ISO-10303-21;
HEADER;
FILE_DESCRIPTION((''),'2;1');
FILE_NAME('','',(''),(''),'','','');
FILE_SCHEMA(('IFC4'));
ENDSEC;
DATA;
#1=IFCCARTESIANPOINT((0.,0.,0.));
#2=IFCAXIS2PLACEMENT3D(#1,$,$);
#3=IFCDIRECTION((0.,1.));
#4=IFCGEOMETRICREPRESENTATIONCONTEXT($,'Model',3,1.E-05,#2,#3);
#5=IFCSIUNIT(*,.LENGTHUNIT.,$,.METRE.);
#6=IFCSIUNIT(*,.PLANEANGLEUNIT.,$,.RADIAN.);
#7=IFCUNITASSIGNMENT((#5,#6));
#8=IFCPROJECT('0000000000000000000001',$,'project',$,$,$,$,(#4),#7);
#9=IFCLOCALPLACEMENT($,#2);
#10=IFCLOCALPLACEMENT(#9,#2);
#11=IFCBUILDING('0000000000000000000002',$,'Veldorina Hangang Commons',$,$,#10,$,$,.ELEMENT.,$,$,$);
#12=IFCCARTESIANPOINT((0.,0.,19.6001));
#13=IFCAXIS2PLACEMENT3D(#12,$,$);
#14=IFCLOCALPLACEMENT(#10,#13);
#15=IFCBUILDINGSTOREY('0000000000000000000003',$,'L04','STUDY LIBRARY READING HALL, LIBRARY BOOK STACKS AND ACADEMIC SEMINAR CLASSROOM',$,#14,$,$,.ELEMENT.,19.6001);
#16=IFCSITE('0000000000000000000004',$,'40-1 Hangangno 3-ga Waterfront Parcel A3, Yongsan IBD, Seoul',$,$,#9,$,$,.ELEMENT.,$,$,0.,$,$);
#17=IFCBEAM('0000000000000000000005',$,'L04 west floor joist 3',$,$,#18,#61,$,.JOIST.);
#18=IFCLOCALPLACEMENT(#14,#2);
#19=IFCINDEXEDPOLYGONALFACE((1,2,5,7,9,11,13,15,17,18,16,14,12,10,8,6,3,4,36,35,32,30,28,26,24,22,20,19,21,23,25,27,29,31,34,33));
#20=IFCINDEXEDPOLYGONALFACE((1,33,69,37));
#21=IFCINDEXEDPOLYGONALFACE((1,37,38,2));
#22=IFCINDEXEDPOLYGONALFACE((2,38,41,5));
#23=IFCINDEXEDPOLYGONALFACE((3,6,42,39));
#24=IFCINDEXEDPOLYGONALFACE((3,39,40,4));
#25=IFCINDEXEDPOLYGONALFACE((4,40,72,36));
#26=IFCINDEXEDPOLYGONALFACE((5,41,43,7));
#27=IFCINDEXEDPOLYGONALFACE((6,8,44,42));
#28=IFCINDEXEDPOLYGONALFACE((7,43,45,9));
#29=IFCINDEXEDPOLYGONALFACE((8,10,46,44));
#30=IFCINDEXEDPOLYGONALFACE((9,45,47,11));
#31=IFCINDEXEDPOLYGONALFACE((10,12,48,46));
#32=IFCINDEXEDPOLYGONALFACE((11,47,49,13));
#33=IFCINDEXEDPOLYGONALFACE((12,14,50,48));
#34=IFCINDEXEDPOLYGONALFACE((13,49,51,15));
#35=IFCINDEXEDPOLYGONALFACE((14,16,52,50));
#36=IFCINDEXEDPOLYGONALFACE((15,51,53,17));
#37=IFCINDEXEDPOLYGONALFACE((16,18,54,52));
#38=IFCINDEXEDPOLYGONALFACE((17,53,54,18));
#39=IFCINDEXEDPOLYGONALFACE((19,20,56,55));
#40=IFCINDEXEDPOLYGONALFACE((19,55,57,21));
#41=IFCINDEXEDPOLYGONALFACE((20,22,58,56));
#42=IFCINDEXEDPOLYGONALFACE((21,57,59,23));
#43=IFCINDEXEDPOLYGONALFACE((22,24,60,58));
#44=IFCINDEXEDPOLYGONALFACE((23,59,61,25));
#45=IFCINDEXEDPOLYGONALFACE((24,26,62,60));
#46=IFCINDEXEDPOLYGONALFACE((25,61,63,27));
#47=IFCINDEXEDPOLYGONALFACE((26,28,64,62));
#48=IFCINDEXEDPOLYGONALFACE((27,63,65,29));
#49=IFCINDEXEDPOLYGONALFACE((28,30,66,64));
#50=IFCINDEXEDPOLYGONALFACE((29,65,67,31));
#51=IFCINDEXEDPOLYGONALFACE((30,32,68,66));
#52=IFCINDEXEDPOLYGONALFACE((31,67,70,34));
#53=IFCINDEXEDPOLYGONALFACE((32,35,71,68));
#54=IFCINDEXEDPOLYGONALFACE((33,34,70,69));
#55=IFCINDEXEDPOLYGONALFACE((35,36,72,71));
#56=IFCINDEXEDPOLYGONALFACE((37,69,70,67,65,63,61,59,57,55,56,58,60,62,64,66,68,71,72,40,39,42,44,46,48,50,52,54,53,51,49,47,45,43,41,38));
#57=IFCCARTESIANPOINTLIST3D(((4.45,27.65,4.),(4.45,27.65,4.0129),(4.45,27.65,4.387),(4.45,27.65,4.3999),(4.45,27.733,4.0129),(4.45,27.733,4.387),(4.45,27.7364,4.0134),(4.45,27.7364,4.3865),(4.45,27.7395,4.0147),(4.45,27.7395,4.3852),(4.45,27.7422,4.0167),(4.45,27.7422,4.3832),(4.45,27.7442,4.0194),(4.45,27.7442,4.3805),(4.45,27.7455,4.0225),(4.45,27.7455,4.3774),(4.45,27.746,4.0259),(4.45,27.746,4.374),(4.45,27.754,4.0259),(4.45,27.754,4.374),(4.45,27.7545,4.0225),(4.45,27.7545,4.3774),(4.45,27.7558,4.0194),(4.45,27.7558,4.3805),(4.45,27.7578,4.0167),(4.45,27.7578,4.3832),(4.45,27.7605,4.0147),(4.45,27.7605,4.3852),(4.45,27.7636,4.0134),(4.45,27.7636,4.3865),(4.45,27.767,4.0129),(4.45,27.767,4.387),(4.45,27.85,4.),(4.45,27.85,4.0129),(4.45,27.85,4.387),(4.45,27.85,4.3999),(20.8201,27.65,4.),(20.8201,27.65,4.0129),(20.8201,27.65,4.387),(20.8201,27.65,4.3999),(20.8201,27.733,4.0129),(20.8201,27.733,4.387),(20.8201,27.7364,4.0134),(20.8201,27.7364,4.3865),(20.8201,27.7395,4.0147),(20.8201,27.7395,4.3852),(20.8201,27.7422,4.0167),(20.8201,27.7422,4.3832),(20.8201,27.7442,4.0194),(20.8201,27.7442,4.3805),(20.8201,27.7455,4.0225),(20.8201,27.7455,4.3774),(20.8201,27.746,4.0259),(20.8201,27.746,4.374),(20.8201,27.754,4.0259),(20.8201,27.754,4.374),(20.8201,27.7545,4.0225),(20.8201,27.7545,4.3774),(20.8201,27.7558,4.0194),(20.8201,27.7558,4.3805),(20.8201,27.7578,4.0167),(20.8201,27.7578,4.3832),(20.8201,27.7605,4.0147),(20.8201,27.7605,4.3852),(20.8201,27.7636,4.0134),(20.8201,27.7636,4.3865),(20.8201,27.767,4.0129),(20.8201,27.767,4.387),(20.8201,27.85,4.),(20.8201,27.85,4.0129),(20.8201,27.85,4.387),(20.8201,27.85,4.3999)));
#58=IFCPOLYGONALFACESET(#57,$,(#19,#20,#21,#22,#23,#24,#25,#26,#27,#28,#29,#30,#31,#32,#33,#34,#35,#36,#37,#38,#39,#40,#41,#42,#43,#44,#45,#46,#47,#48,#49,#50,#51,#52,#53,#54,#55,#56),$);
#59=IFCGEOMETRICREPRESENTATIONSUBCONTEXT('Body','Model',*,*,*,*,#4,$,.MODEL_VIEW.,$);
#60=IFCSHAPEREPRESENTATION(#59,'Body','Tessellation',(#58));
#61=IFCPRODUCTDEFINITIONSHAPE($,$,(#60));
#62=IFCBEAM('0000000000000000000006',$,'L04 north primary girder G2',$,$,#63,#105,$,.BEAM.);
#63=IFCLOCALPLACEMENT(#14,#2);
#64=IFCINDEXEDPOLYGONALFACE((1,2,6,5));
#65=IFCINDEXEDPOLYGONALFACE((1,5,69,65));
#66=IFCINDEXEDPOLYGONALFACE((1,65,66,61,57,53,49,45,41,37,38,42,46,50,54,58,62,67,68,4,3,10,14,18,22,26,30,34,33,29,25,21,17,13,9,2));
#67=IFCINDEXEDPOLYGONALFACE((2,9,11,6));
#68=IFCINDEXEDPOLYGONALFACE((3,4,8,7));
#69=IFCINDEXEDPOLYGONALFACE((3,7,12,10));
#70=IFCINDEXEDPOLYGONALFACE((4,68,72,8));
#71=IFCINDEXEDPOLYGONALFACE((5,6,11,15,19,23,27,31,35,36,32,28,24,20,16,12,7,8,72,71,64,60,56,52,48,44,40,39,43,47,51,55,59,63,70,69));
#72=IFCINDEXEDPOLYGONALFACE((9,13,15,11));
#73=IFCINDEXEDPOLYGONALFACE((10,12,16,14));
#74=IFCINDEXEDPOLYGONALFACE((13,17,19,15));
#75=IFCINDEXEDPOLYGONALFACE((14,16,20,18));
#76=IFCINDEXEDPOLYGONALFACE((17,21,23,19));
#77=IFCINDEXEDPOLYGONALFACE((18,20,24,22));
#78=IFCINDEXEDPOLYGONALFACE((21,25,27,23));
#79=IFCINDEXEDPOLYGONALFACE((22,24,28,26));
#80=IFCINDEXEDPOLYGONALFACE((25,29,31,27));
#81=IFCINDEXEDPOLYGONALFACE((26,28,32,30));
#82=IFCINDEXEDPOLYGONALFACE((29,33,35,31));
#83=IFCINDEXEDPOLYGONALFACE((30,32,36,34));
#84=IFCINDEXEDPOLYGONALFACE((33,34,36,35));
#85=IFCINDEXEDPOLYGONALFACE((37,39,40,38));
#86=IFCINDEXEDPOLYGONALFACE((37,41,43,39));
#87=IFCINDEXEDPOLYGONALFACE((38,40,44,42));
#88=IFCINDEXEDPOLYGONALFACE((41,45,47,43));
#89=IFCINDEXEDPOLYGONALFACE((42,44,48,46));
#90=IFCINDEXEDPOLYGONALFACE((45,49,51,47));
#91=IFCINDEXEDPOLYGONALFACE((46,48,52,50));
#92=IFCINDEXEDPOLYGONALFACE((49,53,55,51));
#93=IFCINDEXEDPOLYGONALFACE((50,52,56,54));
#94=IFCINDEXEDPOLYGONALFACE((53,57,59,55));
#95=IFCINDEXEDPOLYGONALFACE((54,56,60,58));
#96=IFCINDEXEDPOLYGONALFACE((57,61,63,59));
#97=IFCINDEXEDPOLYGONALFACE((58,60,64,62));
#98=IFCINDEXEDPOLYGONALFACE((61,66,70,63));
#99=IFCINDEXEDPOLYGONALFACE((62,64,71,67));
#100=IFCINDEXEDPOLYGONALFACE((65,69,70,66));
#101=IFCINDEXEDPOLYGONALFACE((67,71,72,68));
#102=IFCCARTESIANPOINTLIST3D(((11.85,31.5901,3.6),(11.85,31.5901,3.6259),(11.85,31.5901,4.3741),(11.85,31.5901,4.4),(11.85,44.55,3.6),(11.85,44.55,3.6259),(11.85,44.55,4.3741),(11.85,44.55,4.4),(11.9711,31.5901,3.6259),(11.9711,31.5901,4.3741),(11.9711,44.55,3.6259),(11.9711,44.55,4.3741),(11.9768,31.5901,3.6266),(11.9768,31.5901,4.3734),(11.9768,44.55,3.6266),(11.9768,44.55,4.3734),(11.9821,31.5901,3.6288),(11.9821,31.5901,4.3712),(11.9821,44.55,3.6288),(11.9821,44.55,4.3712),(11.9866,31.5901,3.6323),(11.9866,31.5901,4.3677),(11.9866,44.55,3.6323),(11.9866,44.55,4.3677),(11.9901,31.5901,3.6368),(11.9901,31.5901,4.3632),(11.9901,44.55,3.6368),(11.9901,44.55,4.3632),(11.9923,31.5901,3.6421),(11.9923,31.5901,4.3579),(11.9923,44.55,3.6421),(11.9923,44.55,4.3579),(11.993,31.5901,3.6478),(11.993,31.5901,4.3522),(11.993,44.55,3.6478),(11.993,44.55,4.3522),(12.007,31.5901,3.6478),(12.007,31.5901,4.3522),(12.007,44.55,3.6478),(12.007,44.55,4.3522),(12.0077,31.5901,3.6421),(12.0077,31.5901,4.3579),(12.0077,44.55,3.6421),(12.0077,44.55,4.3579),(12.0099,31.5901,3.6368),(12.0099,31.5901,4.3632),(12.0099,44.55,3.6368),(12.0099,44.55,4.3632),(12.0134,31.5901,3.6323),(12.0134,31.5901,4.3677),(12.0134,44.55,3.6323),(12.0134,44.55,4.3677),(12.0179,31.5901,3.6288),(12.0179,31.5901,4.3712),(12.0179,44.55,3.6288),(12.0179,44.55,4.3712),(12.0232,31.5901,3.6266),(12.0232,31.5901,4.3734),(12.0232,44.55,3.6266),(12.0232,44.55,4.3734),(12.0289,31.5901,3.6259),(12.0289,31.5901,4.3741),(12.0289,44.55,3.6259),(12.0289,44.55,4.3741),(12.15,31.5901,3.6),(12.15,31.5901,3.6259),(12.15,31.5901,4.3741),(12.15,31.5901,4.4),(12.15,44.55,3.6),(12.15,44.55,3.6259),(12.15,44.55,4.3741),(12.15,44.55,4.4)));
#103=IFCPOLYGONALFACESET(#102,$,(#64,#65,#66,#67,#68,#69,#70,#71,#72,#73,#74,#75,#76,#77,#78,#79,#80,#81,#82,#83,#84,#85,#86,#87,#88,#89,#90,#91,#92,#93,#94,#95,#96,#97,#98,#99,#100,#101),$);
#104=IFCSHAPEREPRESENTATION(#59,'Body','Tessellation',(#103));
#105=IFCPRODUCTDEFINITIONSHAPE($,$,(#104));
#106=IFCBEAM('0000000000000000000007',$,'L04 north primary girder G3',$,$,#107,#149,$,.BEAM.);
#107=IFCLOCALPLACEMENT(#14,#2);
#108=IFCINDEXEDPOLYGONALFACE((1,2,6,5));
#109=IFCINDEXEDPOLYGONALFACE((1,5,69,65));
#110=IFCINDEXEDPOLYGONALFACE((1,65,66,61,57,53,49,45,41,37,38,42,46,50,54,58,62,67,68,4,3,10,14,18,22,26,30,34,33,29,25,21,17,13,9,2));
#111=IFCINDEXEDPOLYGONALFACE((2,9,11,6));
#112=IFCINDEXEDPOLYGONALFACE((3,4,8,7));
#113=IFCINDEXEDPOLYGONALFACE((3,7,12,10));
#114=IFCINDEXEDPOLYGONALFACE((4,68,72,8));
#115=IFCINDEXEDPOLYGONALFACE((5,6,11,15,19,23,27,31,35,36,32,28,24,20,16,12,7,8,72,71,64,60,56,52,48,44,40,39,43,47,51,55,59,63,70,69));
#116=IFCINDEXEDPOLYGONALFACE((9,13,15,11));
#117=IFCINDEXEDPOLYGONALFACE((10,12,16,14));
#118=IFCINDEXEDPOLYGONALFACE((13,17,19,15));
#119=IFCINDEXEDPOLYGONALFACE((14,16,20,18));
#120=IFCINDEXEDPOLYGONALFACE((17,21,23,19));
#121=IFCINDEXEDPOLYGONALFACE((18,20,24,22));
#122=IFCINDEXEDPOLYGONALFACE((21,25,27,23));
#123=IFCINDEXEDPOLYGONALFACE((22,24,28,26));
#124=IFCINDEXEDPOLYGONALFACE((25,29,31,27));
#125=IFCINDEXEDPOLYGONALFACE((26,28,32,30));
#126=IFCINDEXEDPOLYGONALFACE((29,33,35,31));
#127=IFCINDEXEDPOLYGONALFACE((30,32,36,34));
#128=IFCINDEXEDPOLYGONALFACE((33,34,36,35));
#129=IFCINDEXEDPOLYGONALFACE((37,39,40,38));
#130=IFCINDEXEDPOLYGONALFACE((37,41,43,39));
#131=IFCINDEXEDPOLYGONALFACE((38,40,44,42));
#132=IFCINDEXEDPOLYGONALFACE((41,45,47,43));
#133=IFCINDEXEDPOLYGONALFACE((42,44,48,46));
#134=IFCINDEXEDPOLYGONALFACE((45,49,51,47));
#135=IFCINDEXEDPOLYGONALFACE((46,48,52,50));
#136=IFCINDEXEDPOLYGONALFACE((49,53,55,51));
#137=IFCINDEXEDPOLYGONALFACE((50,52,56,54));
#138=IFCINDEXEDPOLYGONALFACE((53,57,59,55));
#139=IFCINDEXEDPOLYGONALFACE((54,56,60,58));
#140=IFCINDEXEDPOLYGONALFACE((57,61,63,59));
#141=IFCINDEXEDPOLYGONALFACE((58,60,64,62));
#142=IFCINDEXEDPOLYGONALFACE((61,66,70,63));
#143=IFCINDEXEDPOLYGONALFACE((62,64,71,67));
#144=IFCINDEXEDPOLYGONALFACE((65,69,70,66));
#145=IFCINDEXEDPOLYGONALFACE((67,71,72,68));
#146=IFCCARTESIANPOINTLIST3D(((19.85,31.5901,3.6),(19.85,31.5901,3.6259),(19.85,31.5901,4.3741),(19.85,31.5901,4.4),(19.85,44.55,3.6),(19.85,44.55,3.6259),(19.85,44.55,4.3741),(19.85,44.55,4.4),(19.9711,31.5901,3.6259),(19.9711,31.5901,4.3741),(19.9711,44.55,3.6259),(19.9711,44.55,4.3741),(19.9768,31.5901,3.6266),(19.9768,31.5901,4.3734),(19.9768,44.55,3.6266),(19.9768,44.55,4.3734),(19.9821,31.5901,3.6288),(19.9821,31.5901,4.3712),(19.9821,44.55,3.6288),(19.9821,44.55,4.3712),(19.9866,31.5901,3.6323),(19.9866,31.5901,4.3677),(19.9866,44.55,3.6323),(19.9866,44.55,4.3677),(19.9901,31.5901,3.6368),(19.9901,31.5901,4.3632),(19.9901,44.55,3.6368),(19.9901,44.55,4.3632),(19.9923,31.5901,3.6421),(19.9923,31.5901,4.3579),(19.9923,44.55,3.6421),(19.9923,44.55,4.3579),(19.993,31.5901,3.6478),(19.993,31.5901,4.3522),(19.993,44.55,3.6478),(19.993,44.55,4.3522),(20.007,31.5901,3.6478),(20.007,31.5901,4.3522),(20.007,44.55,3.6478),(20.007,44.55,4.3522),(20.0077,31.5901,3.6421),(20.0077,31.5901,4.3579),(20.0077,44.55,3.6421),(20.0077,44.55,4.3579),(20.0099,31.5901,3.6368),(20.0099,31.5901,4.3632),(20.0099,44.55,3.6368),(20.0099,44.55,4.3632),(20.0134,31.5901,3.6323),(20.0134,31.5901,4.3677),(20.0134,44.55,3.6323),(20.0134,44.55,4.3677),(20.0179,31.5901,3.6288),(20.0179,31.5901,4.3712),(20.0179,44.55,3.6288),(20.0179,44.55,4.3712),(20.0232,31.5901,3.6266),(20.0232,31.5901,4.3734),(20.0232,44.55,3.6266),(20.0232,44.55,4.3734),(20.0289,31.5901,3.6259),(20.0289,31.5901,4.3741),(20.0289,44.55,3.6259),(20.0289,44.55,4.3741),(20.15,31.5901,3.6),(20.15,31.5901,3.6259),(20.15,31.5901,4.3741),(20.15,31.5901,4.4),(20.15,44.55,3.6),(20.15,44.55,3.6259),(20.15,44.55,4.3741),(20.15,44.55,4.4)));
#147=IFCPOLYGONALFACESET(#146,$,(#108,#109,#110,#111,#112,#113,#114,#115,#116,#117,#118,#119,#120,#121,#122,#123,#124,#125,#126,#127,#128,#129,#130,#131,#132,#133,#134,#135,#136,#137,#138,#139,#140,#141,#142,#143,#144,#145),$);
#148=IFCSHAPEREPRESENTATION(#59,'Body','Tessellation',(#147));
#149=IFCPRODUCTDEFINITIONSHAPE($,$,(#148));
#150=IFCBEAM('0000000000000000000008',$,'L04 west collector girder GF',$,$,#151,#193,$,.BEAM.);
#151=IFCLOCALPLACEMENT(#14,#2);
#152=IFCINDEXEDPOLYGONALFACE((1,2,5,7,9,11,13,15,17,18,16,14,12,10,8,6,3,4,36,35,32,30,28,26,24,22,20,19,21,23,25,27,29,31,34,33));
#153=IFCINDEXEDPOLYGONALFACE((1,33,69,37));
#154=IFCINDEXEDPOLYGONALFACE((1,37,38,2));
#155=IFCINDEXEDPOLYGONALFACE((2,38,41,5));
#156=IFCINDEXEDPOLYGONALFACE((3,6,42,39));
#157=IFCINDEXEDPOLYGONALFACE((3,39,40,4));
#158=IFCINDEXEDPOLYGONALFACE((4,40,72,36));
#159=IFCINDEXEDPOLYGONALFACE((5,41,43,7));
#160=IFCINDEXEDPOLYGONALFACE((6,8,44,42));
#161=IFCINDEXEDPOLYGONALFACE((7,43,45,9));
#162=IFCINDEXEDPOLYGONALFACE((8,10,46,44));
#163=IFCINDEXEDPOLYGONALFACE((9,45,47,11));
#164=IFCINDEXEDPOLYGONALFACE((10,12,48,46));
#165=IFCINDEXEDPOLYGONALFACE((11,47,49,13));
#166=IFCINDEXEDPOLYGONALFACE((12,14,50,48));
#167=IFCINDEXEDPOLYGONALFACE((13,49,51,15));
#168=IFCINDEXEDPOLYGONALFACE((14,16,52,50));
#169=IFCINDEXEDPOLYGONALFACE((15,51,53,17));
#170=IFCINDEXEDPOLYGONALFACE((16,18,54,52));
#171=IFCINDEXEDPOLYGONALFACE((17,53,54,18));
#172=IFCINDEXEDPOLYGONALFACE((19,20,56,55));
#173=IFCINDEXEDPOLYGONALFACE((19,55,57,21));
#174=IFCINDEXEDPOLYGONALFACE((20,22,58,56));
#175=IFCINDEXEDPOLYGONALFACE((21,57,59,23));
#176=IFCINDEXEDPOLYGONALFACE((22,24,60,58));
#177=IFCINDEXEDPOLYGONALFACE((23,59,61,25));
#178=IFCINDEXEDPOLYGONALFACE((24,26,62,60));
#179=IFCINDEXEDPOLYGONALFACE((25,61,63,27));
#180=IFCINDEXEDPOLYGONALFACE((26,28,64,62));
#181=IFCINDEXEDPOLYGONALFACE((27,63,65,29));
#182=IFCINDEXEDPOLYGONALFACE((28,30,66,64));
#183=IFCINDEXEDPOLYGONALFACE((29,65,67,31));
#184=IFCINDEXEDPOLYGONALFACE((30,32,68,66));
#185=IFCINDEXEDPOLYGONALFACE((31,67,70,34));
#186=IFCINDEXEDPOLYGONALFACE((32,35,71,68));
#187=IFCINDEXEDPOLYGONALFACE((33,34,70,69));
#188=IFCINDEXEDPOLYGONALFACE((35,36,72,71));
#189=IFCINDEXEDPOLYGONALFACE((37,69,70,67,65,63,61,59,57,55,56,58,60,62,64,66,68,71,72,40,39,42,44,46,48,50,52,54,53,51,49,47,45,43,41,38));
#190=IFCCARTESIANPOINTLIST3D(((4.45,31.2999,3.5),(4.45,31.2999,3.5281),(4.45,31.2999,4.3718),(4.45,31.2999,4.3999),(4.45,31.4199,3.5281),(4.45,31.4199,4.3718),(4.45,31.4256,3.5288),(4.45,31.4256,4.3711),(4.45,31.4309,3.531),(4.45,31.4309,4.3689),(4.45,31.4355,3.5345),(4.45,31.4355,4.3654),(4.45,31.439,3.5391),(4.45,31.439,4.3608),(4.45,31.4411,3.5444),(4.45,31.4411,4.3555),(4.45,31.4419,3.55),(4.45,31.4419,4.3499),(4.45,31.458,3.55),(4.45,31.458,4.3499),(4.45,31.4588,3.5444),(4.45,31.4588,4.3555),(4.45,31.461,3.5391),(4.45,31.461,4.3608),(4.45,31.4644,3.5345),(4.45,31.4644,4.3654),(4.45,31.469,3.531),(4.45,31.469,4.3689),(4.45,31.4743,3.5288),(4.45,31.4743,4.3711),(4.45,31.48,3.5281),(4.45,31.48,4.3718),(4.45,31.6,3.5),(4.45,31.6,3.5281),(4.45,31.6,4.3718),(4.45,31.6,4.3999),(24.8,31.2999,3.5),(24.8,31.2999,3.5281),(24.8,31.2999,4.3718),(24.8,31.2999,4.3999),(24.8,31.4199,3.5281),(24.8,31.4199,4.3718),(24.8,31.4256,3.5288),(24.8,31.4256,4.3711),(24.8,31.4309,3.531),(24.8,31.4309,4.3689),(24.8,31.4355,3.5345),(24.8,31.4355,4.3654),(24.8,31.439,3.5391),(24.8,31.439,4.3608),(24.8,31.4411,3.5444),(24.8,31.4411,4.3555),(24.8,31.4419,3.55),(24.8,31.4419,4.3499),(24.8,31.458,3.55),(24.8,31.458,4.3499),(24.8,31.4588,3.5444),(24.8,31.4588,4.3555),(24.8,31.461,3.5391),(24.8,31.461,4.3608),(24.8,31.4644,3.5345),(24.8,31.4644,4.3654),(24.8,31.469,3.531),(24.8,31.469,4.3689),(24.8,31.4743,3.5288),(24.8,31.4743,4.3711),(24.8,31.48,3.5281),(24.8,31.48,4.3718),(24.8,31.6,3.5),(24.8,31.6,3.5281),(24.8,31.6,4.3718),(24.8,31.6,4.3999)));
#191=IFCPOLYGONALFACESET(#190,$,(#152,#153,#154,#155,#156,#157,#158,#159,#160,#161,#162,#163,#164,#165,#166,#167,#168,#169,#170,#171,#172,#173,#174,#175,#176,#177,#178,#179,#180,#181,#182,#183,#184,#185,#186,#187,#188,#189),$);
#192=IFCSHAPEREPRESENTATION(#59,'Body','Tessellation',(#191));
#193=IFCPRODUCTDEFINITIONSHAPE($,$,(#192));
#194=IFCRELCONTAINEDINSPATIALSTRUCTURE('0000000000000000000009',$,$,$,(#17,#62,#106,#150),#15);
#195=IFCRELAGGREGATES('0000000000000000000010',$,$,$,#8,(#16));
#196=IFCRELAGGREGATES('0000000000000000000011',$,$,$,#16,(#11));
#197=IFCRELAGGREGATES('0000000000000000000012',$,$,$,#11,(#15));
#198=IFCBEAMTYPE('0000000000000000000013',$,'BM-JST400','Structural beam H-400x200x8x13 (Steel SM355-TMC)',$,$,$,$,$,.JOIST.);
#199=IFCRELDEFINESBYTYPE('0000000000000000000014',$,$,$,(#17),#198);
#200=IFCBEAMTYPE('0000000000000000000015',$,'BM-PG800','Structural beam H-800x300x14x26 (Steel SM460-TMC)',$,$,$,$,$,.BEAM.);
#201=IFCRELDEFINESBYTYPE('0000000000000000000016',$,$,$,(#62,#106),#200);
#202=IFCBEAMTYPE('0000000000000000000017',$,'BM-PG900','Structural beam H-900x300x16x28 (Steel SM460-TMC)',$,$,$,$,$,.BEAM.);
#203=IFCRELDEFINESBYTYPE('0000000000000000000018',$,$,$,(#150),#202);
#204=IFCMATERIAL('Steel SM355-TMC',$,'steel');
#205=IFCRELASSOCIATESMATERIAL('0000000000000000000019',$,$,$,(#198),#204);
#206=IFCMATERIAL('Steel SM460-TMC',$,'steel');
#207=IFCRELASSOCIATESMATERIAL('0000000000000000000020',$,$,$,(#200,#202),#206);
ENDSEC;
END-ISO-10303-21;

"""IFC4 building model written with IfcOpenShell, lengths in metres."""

from ifc_helpers import new_model, si_unit, direction, frame, origin, origin_2d, place, context, subcontext, project, spatial, i_section, extrude, material, material_profile, profile_set, type_object, element, save


model = new_model("IFC4")

# Units and contexts
model_context = context("Model", 3, precision=1e-05, world=origin(), true_north=direction((0.0, 1.0)))
body_context = subcontext(model_context, "Body", "Model", "MODEL_VIEW")
ifc_project = project(units=[si_unit("LENGTHUNIT", "METRE"), si_unit("PLANEANGLEUNIT", "RADIAN")], contexts=[model_context])

# Site, building, storey
site_placement = place(None, origin())
site = spatial("IfcSite", under=ifc_project, at=site_placement, Name="40-1 Hangangno 3-ga Waterfront Parcel A3, Yongsan IBD, Seoul", CompositionType="ELEMENT", RefElevation=0.0)
building_placement = place(site_placement, origin())
building = spatial("IfcBuilding", under=site, at=building_placement, Name="Veldorina Hangang Commons", CompositionType="ELEMENT")
storey_placement = place(building_placement, frame((0.0, 0.0, 19.6001)))
storey = spatial("IfcBuildingStorey", under=building, at=storey_placement, Name="L04", Description="STUDY LIBRARY READING HALL, LIBRARY BOOK STACKS AND ACADEMIC SEMINAR CLASSROOM", CompositionType="ELEMENT", Elevation=19.6001)

# Beams
ifc_material_1 = material(Name="Steel SM355-TMC", Category="steel")
ifc_material_profile_1 = material_profile(ifc_material_1, i_section(OverallWidth=0.2, OverallDepth=0.3999, WebThickness=0.0081, FlangeThickness=0.0129, FilletRadius=0.0129, at=origin_2d()), Name="H-400x200x8x13")
ifc_profile_set_1 = profile_set([ifc_material_profile_1], Name="Steel SM355-TMC")
beam_type_1 = type_object("IfcBeamType", Name="BM-JST400", Description="Structural beam H-400x200x8x13 (Steel SM355-TMC)", PredefinedType="JOIST", material=ifc_profile_set_1)
for number, where, z_axis, x_axis, name in (
    (1, (4.45, 27.75, 4.2), (1.0, 0.0, 0.0), (0.0, 1.0, 0.0), "L04 west floor joist 3"),
):
    element("IfcBeam", number, at=place(storey_placement, frame(where, z_axis=z_axis, x_axis=x_axis)), inside=storey, type_object=beam_type_1, Name=name, PredefinedType="JOIST", context=body_context, shape_type="SweptSolid", body=[
        extrude(i_section(OverallWidth=0.2, OverallDepth=0.3999, WebThickness=0.0081, FlangeThickness=0.0129, FilletRadius=0.0129, at=origin_2d()), origin(), (0.0, 0.0, 1.0), 16.3701),
    ])
ifc_material_2 = material(Name="Steel SM460-TMC", Category="steel")
ifc_material_profile_2 = material_profile(ifc_material_2, i_section(OverallWidth=0.3, OverallDepth=0.8, WebThickness=0.0139, FlangeThickness=0.0259, FilletRadius=0.022, at=origin_2d()), Name="H-800x300x14x26")
ifc_profile_set_2 = profile_set([ifc_material_profile_2], Name="Steel SM460-TMC")
beam_type_2 = type_object("IfcBeamType", Name="BM-PG800", Description="Structural beam H-800x300x14x26 (Steel SM460-TMC)", PredefinedType="BEAM", material=ifc_profile_set_2)
for number, where, z_axis, x_axis, name in (
    (2, (12.0, 31.5901, 4.0), (0.0, 1.0, 0.0), (-1.0, 0.0, 0.0), "L04 north primary girder G2"),
    (3, (20.0, 31.5901, 4.0), (0.0, 1.0, 0.0), (-1.0, 0.0, 0.0), "L04 north primary girder G3"),
):
    element("IfcBeam", number, at=place(storey_placement, frame(where, z_axis=z_axis, x_axis=x_axis)), inside=storey, type_object=beam_type_2, Name=name, PredefinedType="BEAM", context=body_context, shape_type="SweptSolid", body=[
        extrude(i_section(OverallWidth=0.3, OverallDepth=0.8, WebThickness=0.0139, FlangeThickness=0.0259, FilletRadius=0.022, at=origin_2d()), origin(), (0.0, 0.0, 1.0), 12.96),
    ])
ifc_material_profile_3 = material_profile(ifc_material_2, i_section(OverallWidth=0.3, OverallDepth=0.8999, WebThickness=0.0161, FlangeThickness=0.0281, FilletRadius=0.022, at=origin_2d()), Name="H-900x300x16x28")
ifc_profile_set_3 = profile_set([ifc_material_profile_3], Name="Steel SM460-TMC")
beam_type_3 = type_object("IfcBeamType", Name="BM-PG900", Description="Structural beam H-900x300x16x28 (Steel SM460-TMC)", PredefinedType="BEAM", material=ifc_profile_set_3)
beam_1_placement = place(storey_placement, frame((4.45, 31.45, 3.95), z_axis=(1.0, 0.0, 0.0), x_axis=(0.0, 1.0, 0.0)))
element("IfcBeam", 4, at=beam_1_placement, inside=storey, type_object=beam_type_3, Name="L04 west collector girder GF", PredefinedType="BEAM", context=body_context, shape_type="SweptSolid", body=[
    extrude(i_section(OverallWidth=0.3, OverallDepth=0.8999, WebThickness=0.0161, FlangeThickness=0.0281, FilletRadius=0.022, at=origin_2d()), origin(), (0.0, 0.0, 1.0), 20.3501),
])

save(model, "model.ifc")
